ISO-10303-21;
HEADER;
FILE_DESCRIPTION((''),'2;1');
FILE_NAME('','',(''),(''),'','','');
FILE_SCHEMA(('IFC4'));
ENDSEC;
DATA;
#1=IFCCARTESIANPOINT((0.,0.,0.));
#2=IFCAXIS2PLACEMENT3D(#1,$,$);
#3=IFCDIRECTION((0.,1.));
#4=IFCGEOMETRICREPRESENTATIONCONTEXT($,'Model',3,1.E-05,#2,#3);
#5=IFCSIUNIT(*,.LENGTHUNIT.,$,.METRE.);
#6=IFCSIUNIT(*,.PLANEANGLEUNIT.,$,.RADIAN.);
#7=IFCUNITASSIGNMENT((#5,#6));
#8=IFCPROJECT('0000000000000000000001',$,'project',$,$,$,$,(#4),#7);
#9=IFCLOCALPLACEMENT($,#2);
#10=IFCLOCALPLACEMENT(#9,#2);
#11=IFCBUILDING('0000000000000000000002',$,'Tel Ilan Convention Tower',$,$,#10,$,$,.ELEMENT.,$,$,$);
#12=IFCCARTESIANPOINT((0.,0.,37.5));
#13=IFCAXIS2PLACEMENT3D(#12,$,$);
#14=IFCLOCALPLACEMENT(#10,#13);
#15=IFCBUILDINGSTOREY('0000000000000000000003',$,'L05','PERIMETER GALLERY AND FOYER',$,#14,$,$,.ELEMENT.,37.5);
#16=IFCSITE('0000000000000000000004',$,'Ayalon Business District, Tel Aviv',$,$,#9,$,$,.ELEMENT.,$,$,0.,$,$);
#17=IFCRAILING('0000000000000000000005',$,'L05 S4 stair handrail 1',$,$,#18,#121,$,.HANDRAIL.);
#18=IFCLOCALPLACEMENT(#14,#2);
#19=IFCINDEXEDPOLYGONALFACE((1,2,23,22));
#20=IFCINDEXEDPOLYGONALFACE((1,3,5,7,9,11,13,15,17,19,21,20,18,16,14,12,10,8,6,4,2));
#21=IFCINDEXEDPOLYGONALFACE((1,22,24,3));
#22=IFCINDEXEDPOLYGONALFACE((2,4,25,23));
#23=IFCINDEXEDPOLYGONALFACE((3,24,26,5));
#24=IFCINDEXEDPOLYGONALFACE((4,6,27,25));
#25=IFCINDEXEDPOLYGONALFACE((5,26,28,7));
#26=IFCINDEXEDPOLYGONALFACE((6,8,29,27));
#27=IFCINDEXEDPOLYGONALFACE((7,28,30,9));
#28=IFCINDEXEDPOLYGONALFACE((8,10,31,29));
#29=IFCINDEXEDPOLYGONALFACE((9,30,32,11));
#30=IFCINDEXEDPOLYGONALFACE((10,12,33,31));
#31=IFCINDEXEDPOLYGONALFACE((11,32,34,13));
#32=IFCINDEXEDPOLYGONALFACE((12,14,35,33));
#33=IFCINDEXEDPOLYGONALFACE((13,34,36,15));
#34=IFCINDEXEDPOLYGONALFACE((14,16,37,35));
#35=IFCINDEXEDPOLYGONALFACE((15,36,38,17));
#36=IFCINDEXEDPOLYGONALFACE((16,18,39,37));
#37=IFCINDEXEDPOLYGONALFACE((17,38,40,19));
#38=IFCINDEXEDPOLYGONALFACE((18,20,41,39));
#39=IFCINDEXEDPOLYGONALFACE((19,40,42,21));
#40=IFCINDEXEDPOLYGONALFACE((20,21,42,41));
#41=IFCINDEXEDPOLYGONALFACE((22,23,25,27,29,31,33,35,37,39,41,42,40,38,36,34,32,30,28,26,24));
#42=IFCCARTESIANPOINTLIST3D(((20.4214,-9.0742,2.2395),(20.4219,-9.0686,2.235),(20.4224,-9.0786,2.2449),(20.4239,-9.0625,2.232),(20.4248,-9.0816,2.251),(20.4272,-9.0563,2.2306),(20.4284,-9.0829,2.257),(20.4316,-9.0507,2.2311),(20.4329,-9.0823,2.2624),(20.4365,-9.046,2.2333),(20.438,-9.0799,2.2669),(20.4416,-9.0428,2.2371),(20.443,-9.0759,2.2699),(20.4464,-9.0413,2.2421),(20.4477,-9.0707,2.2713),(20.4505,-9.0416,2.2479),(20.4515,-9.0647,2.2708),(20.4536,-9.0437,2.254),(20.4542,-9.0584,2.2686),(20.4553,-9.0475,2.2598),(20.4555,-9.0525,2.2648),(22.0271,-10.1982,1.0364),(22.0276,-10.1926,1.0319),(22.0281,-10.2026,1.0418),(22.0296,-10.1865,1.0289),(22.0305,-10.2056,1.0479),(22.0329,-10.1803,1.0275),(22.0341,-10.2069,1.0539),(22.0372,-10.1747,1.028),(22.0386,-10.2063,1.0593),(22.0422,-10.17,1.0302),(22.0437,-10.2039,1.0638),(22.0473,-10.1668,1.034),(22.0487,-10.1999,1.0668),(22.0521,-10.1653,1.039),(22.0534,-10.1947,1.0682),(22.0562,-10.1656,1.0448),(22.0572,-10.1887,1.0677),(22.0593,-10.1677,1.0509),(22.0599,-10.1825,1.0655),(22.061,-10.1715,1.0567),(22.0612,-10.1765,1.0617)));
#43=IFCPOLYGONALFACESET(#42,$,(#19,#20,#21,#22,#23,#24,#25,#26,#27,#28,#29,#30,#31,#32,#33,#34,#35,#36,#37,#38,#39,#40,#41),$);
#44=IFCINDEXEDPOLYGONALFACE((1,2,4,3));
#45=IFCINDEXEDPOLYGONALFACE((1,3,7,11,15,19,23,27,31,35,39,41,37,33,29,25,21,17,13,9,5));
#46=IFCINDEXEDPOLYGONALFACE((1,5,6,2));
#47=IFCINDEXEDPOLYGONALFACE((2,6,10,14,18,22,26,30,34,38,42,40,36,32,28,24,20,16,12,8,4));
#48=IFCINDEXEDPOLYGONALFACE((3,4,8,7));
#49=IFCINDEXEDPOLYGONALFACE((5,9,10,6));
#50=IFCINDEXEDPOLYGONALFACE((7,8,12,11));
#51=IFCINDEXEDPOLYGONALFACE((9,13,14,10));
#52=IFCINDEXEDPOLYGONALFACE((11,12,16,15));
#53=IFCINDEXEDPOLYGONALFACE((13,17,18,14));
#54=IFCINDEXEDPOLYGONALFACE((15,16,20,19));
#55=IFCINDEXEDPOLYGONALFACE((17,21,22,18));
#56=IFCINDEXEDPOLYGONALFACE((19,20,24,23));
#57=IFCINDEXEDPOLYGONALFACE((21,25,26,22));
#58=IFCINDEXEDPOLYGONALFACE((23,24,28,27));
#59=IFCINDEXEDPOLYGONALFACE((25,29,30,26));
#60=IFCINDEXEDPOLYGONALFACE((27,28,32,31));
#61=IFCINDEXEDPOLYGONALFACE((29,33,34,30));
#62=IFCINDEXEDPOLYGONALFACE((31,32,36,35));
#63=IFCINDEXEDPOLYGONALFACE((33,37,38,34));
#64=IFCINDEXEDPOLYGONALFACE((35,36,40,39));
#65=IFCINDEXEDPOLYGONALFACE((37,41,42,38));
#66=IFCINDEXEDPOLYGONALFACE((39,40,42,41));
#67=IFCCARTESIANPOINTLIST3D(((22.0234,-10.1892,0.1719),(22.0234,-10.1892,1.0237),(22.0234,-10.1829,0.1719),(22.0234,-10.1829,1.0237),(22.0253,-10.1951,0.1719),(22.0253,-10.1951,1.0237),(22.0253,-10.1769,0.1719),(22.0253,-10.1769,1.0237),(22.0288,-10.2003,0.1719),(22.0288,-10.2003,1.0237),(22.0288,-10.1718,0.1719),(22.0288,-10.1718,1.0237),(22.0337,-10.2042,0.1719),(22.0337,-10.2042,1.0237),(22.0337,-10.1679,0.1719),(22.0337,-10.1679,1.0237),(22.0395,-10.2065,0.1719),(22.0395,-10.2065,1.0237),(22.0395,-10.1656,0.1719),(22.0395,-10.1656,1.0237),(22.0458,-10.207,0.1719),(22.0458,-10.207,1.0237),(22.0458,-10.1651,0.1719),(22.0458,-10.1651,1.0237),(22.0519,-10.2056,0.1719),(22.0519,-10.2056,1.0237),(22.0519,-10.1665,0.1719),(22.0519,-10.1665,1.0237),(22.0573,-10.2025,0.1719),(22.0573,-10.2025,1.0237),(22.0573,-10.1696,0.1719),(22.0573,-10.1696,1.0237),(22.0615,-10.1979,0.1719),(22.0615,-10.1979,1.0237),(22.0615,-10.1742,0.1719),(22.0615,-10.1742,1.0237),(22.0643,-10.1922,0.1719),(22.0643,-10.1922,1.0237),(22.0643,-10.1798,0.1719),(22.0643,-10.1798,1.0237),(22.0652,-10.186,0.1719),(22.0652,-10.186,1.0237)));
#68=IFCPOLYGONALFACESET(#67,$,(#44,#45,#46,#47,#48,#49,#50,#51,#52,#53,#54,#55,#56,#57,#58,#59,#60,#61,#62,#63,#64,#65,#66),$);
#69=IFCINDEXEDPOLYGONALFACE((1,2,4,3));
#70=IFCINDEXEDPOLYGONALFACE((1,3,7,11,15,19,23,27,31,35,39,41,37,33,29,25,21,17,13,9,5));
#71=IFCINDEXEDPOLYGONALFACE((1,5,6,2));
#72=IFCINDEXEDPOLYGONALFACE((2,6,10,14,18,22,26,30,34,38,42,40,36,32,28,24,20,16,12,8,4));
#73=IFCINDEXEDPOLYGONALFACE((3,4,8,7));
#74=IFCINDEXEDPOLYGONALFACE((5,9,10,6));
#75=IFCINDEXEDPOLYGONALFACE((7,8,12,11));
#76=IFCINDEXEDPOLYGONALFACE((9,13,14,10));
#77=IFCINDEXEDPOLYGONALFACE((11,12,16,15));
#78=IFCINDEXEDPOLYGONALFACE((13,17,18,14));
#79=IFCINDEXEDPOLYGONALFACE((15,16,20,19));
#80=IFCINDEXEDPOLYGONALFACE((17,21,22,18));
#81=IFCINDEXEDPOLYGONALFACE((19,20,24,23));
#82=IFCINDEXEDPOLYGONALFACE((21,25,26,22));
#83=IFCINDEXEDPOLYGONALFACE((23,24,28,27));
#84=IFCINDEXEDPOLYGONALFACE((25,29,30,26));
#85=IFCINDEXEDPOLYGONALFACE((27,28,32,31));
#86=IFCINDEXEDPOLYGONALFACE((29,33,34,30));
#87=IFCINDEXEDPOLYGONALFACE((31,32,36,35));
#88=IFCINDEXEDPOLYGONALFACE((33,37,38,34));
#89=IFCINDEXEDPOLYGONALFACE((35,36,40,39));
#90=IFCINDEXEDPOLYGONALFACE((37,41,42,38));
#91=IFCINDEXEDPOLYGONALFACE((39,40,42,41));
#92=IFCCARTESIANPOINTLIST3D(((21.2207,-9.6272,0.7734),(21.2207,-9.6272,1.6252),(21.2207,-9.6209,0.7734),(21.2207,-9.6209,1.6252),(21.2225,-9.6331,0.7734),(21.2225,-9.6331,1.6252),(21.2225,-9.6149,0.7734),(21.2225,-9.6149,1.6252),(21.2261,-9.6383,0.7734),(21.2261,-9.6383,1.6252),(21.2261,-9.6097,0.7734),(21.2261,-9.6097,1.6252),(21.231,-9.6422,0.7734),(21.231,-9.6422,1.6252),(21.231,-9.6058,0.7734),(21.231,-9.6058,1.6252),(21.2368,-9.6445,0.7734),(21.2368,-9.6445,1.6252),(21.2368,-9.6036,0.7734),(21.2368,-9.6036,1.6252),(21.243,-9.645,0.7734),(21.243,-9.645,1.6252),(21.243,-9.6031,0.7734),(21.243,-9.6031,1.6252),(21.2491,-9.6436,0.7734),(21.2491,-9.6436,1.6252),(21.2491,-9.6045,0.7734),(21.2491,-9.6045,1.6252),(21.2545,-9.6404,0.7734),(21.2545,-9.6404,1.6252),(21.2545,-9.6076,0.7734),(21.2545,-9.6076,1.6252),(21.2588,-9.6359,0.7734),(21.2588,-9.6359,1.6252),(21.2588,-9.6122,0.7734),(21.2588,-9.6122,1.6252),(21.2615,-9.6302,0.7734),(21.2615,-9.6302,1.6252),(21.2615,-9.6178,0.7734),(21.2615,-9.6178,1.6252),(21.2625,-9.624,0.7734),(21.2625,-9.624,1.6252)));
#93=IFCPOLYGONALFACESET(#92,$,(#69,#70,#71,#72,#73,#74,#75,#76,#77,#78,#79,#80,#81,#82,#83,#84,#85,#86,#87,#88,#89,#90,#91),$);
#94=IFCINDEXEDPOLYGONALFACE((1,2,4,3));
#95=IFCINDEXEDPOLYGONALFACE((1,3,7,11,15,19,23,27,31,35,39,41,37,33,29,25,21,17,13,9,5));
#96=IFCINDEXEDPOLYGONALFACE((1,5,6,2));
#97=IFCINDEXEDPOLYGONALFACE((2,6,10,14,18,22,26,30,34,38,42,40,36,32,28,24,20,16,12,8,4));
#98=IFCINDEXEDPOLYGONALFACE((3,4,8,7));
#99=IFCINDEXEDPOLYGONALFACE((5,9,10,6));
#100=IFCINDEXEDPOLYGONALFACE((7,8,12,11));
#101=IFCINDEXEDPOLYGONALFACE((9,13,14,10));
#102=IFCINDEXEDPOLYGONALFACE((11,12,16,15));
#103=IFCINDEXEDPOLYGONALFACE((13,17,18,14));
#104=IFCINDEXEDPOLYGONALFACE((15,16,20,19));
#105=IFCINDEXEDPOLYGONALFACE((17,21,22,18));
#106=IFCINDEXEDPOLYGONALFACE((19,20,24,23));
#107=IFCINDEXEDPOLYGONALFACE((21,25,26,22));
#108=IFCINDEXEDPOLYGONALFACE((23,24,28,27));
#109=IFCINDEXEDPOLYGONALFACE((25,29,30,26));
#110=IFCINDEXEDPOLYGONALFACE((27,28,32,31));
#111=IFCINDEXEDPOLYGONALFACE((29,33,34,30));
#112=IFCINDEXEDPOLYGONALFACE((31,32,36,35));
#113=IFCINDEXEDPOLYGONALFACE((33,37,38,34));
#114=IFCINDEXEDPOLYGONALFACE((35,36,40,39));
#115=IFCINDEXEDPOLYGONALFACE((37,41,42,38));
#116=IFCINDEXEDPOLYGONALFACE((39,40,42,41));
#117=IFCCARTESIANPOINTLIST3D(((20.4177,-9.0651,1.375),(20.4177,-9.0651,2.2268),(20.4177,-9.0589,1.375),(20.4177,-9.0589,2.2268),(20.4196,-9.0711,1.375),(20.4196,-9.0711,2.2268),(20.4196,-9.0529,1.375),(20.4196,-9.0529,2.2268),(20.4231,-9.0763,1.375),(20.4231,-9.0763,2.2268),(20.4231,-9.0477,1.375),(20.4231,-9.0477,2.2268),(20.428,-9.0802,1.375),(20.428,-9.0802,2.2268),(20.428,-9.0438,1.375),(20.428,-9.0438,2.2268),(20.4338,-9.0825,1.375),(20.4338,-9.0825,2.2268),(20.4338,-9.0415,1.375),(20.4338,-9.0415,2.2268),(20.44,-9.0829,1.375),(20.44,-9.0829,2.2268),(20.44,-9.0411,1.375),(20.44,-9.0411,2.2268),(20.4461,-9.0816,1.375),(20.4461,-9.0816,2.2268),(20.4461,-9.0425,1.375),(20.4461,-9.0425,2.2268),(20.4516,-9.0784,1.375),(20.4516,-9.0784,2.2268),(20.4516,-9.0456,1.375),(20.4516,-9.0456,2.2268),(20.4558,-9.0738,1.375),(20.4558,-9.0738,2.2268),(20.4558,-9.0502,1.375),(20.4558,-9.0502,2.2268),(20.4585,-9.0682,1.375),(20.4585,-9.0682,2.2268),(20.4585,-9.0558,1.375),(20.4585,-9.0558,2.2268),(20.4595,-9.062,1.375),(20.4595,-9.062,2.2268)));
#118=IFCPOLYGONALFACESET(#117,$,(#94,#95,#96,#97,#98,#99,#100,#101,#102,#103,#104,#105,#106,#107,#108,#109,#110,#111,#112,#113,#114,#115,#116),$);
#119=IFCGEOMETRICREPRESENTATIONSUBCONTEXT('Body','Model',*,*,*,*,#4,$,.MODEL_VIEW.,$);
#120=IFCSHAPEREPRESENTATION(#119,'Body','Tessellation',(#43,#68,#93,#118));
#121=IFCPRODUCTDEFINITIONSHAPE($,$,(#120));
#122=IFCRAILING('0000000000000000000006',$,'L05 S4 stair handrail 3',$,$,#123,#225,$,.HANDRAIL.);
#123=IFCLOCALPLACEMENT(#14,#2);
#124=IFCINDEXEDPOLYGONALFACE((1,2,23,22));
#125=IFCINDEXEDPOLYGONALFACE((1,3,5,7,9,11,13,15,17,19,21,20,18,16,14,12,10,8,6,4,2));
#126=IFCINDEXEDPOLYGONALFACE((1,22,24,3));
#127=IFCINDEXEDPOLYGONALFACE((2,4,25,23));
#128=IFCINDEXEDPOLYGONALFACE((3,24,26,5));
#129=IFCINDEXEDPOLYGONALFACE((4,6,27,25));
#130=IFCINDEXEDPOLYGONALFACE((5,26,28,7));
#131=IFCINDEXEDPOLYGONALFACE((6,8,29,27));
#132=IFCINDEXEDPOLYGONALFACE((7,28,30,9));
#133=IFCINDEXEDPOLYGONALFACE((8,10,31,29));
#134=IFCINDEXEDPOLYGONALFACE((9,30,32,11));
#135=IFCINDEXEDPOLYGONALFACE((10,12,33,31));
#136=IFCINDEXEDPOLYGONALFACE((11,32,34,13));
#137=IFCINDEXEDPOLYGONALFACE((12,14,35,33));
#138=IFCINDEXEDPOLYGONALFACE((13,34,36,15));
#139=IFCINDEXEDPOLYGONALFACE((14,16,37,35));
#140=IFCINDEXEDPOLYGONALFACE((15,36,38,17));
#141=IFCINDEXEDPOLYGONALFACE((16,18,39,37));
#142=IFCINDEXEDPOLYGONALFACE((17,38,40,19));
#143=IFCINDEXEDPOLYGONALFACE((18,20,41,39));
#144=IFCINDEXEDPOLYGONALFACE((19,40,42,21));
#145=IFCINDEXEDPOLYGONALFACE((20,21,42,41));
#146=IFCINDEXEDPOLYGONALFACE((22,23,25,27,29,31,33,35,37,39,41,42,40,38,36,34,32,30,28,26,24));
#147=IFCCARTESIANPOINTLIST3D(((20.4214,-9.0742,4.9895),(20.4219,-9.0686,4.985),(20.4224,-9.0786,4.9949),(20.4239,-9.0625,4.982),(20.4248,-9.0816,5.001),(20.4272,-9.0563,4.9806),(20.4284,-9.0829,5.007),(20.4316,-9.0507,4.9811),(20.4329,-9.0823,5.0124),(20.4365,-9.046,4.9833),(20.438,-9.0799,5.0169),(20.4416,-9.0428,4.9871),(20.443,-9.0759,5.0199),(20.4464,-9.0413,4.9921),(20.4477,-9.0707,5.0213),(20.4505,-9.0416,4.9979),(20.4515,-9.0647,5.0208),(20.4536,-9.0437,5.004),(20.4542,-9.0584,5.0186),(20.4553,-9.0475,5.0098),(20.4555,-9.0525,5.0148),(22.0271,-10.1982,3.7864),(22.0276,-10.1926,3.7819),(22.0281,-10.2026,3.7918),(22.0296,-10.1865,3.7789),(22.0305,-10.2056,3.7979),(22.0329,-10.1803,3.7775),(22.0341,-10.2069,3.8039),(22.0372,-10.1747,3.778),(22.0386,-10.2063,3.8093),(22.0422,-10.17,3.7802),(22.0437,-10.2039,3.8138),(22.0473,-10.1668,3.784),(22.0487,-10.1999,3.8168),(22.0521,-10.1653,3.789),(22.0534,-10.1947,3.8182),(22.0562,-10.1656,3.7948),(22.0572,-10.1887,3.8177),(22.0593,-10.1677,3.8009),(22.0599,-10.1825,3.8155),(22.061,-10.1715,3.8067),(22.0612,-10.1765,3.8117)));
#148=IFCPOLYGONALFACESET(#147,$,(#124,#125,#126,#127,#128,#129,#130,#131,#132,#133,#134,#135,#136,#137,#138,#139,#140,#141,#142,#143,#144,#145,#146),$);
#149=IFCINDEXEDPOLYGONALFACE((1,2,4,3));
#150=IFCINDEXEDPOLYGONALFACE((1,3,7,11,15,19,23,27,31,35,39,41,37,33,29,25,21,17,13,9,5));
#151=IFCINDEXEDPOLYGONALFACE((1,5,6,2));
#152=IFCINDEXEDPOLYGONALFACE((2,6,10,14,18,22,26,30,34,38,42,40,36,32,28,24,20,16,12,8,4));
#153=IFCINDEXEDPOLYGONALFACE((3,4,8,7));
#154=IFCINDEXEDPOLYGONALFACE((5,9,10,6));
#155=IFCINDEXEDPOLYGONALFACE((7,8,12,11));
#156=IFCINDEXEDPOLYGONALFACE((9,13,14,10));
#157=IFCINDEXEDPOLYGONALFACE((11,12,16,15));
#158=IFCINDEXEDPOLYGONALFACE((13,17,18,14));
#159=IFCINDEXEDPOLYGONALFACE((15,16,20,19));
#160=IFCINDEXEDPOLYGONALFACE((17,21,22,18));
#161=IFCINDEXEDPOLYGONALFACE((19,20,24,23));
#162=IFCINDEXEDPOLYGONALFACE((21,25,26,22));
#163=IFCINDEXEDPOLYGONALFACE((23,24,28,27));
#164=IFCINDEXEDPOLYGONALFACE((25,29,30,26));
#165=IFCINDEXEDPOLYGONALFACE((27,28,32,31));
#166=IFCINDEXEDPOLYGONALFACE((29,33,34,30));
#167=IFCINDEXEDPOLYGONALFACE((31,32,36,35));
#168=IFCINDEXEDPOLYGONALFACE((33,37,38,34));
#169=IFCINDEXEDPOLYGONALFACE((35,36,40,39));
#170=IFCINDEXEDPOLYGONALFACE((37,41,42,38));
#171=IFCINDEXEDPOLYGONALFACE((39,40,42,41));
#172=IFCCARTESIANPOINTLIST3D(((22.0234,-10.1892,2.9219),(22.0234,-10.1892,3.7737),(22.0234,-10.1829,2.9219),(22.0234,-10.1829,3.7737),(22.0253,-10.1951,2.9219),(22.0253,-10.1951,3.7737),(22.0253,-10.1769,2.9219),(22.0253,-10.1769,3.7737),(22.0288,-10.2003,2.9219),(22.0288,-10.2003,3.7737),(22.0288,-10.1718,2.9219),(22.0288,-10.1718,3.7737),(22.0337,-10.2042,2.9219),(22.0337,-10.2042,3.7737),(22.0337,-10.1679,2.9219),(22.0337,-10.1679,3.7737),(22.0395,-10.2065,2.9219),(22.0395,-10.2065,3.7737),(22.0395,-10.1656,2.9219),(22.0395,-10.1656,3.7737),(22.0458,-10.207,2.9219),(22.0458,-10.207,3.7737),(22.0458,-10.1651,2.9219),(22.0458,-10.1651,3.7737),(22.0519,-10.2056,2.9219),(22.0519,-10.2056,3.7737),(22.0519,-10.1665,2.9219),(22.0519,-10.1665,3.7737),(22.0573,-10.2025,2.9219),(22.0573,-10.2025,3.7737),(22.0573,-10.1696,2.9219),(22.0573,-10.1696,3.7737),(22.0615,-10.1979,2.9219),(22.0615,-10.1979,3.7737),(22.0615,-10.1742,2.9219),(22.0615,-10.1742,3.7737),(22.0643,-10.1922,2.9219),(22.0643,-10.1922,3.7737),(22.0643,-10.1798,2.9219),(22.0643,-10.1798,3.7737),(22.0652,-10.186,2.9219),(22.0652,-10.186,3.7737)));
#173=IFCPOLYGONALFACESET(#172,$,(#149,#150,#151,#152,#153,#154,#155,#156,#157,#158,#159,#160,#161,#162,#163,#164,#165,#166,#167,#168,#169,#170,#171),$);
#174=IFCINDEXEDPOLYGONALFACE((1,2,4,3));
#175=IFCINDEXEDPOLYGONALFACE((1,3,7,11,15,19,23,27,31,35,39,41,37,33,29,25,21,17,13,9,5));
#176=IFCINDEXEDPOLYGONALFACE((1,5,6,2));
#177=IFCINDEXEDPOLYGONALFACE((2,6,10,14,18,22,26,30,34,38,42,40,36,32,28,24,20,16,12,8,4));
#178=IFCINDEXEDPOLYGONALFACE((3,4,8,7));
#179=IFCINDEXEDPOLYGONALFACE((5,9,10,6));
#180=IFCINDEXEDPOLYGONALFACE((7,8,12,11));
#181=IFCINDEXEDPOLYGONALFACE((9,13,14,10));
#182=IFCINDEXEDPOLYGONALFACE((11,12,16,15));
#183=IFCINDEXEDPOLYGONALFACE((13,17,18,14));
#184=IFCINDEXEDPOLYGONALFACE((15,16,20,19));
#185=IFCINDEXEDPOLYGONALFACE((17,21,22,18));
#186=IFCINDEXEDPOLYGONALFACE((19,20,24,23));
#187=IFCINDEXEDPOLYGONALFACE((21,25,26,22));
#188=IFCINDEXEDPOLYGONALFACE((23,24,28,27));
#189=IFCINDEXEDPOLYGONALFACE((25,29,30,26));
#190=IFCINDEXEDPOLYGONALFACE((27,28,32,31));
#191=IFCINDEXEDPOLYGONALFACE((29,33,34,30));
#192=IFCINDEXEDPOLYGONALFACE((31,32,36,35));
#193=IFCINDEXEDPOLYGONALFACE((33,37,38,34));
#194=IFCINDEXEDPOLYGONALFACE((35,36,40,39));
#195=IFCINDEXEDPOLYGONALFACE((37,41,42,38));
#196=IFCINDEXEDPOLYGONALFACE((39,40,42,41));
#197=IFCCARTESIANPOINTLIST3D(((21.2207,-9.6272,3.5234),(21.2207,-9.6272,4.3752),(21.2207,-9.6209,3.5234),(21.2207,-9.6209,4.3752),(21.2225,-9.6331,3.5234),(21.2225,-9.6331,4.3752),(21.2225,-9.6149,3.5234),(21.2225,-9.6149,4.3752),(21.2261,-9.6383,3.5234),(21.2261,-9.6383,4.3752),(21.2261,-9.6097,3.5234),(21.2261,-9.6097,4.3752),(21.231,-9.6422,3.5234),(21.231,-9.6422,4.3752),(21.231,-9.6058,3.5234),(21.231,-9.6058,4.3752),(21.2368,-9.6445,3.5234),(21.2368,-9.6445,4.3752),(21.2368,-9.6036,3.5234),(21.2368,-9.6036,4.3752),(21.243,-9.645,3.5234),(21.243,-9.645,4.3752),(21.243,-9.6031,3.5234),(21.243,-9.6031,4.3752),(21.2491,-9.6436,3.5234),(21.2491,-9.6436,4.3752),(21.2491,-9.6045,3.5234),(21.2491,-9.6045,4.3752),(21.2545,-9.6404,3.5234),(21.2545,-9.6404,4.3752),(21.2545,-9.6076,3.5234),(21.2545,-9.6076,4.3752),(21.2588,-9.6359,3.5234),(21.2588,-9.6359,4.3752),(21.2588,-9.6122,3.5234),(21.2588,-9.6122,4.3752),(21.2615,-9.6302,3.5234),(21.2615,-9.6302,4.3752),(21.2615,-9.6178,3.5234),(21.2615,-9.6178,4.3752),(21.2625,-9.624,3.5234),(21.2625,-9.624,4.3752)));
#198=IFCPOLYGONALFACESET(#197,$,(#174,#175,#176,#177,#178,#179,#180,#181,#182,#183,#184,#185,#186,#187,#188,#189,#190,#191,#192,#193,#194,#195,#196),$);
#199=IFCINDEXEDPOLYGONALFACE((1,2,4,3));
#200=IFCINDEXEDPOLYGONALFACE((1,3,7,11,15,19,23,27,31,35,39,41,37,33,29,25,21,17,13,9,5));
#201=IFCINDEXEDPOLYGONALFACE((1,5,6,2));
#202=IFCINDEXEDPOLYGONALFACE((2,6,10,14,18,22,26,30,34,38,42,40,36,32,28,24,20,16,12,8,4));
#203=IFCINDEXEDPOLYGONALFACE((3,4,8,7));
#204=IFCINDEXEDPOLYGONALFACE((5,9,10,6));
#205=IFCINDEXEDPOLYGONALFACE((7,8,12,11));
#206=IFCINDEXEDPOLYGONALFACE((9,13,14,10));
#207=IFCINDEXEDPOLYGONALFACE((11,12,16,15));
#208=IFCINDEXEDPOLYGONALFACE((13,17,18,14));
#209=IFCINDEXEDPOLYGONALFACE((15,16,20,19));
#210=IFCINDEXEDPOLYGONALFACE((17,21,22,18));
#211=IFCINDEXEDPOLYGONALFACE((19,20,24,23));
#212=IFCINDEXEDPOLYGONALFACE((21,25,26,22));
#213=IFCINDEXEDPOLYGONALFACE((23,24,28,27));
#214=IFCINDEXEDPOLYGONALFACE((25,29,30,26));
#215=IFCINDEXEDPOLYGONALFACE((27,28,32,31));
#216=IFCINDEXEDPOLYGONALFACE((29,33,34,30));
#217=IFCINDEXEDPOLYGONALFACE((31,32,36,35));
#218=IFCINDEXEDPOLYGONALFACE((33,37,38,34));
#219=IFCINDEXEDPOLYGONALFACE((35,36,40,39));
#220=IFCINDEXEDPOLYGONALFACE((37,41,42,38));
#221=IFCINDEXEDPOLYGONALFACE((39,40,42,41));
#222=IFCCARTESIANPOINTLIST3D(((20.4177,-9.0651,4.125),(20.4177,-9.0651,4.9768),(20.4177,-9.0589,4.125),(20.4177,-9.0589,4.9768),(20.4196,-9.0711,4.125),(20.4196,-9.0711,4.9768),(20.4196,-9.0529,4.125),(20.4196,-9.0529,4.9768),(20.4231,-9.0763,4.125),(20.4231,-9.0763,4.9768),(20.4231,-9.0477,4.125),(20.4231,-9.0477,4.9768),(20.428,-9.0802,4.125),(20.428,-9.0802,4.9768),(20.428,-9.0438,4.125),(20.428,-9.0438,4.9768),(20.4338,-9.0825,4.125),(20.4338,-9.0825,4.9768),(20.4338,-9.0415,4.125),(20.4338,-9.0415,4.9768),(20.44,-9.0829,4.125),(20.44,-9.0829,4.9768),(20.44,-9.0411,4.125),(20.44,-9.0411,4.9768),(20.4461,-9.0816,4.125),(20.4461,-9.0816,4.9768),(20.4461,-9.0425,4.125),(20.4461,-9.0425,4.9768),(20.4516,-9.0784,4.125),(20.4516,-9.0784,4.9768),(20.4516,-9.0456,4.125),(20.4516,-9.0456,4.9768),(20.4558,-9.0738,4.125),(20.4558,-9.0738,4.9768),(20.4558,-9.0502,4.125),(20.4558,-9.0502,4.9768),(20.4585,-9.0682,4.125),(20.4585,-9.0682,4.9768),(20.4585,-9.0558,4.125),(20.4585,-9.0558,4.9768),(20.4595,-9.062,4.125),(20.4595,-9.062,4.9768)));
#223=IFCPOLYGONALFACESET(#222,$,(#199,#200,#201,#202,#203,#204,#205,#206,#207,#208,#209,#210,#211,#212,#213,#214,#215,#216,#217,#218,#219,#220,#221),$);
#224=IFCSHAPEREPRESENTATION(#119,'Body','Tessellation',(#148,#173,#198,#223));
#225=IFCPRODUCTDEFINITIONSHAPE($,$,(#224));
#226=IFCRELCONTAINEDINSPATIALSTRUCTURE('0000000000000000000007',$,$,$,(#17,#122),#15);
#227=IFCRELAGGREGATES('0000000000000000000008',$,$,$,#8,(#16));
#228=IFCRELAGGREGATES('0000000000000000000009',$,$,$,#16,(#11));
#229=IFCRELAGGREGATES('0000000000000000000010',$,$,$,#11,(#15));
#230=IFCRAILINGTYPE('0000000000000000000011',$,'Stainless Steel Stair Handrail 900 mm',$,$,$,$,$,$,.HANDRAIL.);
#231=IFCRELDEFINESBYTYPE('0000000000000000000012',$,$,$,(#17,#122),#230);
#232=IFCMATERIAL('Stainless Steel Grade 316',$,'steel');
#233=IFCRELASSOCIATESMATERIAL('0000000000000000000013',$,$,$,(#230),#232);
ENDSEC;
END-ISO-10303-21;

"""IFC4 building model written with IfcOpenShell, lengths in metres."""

from ifc_helpers import new_model, si_unit, direction, frame, origin, origin_2d, place, context, subcontext, project, spatial, circle, extrude, material, type_object, element, save


model = new_model("IFC4")

# Units and contexts
model_context = context("Model", 3, precision=1e-05, world=origin(), true_north=direction((0.0, 1.0)))
body_context = subcontext(model_context, "Body", "Model", "MODEL_VIEW")
ifc_project = project(units=[si_unit("LENGTHUNIT", "METRE"), si_unit("PLANEANGLEUNIT", "RADIAN")], contexts=[model_context])

# Site, building, storey
site_placement = place(None, origin())
site = spatial("IfcSite", under=ifc_project, at=site_placement, Name="Ayalon Business District, Tel Aviv", CompositionType="ELEMENT", RefElevation=0.0)
building_placement = place(site_placement, origin())
building = spatial("IfcBuilding", under=site, at=building_placement, Name="Tel Ilan Convention Tower", CompositionType="ELEMENT")
storey_placement = place(building_placement, frame((0.0, 0.0, 37.5)))
storey = spatial("IfcBuildingStorey", under=building, at=storey_placement, Name="L05", Description="PERIMETER GALLERY AND FOYER", CompositionType="ELEMENT", Elevation=37.5)

# Railings
ifc_material_1 = material(Name="Stainless Steel Grade 316", Category="steel")
railing_type_1 = type_object("IfcRailingType", Name="Stainless Steel Stair Handrail 900 mm", PredefinedType="HANDRAIL", material=ifc_material_1)
for number, where, name in (
    (1, (22.0442, -10.186, 0.1719), "L05 S4 stair handrail 1"),
    (2, (22.0442, -10.186, 2.9219), "L05 S4 stair handrail 3"),
):
    element("IfcRailing", number, at=place(storey_placement, frame(where)), inside=storey, type_object=railing_type_1, Name=name, PredefinedType="HANDRAIL", context=body_context, shape_type="SweptSolid", body=[
        extrude(circle(Radius=0.0239, at=origin_2d()), frame((0.0, 0.0, 0.876), z_axis=(-0.698185, 0.48874, 0.523135), x_axis=(-0.573471, -0.819226, 0.0)), (0.0, 0.0, 1.0), 2.2998),
        extrude(circle(Radius=0.021, at=origin_2d()), origin(), (0.0, 0.0, 1.0), 0.8518),
        extrude(circle(Radius=0.021, at=origin_2d()), frame((-0.8027, 0.562, 0.6016)), (0.0, 0.0, 1.0), 0.8518),
        extrude(circle(Radius=0.021, at=origin_2d()), frame((-1.6057, 1.124, 1.2031)), (0.0, 0.0, 1.0), 0.8518),
    ])

save(model, "model.ifc")
